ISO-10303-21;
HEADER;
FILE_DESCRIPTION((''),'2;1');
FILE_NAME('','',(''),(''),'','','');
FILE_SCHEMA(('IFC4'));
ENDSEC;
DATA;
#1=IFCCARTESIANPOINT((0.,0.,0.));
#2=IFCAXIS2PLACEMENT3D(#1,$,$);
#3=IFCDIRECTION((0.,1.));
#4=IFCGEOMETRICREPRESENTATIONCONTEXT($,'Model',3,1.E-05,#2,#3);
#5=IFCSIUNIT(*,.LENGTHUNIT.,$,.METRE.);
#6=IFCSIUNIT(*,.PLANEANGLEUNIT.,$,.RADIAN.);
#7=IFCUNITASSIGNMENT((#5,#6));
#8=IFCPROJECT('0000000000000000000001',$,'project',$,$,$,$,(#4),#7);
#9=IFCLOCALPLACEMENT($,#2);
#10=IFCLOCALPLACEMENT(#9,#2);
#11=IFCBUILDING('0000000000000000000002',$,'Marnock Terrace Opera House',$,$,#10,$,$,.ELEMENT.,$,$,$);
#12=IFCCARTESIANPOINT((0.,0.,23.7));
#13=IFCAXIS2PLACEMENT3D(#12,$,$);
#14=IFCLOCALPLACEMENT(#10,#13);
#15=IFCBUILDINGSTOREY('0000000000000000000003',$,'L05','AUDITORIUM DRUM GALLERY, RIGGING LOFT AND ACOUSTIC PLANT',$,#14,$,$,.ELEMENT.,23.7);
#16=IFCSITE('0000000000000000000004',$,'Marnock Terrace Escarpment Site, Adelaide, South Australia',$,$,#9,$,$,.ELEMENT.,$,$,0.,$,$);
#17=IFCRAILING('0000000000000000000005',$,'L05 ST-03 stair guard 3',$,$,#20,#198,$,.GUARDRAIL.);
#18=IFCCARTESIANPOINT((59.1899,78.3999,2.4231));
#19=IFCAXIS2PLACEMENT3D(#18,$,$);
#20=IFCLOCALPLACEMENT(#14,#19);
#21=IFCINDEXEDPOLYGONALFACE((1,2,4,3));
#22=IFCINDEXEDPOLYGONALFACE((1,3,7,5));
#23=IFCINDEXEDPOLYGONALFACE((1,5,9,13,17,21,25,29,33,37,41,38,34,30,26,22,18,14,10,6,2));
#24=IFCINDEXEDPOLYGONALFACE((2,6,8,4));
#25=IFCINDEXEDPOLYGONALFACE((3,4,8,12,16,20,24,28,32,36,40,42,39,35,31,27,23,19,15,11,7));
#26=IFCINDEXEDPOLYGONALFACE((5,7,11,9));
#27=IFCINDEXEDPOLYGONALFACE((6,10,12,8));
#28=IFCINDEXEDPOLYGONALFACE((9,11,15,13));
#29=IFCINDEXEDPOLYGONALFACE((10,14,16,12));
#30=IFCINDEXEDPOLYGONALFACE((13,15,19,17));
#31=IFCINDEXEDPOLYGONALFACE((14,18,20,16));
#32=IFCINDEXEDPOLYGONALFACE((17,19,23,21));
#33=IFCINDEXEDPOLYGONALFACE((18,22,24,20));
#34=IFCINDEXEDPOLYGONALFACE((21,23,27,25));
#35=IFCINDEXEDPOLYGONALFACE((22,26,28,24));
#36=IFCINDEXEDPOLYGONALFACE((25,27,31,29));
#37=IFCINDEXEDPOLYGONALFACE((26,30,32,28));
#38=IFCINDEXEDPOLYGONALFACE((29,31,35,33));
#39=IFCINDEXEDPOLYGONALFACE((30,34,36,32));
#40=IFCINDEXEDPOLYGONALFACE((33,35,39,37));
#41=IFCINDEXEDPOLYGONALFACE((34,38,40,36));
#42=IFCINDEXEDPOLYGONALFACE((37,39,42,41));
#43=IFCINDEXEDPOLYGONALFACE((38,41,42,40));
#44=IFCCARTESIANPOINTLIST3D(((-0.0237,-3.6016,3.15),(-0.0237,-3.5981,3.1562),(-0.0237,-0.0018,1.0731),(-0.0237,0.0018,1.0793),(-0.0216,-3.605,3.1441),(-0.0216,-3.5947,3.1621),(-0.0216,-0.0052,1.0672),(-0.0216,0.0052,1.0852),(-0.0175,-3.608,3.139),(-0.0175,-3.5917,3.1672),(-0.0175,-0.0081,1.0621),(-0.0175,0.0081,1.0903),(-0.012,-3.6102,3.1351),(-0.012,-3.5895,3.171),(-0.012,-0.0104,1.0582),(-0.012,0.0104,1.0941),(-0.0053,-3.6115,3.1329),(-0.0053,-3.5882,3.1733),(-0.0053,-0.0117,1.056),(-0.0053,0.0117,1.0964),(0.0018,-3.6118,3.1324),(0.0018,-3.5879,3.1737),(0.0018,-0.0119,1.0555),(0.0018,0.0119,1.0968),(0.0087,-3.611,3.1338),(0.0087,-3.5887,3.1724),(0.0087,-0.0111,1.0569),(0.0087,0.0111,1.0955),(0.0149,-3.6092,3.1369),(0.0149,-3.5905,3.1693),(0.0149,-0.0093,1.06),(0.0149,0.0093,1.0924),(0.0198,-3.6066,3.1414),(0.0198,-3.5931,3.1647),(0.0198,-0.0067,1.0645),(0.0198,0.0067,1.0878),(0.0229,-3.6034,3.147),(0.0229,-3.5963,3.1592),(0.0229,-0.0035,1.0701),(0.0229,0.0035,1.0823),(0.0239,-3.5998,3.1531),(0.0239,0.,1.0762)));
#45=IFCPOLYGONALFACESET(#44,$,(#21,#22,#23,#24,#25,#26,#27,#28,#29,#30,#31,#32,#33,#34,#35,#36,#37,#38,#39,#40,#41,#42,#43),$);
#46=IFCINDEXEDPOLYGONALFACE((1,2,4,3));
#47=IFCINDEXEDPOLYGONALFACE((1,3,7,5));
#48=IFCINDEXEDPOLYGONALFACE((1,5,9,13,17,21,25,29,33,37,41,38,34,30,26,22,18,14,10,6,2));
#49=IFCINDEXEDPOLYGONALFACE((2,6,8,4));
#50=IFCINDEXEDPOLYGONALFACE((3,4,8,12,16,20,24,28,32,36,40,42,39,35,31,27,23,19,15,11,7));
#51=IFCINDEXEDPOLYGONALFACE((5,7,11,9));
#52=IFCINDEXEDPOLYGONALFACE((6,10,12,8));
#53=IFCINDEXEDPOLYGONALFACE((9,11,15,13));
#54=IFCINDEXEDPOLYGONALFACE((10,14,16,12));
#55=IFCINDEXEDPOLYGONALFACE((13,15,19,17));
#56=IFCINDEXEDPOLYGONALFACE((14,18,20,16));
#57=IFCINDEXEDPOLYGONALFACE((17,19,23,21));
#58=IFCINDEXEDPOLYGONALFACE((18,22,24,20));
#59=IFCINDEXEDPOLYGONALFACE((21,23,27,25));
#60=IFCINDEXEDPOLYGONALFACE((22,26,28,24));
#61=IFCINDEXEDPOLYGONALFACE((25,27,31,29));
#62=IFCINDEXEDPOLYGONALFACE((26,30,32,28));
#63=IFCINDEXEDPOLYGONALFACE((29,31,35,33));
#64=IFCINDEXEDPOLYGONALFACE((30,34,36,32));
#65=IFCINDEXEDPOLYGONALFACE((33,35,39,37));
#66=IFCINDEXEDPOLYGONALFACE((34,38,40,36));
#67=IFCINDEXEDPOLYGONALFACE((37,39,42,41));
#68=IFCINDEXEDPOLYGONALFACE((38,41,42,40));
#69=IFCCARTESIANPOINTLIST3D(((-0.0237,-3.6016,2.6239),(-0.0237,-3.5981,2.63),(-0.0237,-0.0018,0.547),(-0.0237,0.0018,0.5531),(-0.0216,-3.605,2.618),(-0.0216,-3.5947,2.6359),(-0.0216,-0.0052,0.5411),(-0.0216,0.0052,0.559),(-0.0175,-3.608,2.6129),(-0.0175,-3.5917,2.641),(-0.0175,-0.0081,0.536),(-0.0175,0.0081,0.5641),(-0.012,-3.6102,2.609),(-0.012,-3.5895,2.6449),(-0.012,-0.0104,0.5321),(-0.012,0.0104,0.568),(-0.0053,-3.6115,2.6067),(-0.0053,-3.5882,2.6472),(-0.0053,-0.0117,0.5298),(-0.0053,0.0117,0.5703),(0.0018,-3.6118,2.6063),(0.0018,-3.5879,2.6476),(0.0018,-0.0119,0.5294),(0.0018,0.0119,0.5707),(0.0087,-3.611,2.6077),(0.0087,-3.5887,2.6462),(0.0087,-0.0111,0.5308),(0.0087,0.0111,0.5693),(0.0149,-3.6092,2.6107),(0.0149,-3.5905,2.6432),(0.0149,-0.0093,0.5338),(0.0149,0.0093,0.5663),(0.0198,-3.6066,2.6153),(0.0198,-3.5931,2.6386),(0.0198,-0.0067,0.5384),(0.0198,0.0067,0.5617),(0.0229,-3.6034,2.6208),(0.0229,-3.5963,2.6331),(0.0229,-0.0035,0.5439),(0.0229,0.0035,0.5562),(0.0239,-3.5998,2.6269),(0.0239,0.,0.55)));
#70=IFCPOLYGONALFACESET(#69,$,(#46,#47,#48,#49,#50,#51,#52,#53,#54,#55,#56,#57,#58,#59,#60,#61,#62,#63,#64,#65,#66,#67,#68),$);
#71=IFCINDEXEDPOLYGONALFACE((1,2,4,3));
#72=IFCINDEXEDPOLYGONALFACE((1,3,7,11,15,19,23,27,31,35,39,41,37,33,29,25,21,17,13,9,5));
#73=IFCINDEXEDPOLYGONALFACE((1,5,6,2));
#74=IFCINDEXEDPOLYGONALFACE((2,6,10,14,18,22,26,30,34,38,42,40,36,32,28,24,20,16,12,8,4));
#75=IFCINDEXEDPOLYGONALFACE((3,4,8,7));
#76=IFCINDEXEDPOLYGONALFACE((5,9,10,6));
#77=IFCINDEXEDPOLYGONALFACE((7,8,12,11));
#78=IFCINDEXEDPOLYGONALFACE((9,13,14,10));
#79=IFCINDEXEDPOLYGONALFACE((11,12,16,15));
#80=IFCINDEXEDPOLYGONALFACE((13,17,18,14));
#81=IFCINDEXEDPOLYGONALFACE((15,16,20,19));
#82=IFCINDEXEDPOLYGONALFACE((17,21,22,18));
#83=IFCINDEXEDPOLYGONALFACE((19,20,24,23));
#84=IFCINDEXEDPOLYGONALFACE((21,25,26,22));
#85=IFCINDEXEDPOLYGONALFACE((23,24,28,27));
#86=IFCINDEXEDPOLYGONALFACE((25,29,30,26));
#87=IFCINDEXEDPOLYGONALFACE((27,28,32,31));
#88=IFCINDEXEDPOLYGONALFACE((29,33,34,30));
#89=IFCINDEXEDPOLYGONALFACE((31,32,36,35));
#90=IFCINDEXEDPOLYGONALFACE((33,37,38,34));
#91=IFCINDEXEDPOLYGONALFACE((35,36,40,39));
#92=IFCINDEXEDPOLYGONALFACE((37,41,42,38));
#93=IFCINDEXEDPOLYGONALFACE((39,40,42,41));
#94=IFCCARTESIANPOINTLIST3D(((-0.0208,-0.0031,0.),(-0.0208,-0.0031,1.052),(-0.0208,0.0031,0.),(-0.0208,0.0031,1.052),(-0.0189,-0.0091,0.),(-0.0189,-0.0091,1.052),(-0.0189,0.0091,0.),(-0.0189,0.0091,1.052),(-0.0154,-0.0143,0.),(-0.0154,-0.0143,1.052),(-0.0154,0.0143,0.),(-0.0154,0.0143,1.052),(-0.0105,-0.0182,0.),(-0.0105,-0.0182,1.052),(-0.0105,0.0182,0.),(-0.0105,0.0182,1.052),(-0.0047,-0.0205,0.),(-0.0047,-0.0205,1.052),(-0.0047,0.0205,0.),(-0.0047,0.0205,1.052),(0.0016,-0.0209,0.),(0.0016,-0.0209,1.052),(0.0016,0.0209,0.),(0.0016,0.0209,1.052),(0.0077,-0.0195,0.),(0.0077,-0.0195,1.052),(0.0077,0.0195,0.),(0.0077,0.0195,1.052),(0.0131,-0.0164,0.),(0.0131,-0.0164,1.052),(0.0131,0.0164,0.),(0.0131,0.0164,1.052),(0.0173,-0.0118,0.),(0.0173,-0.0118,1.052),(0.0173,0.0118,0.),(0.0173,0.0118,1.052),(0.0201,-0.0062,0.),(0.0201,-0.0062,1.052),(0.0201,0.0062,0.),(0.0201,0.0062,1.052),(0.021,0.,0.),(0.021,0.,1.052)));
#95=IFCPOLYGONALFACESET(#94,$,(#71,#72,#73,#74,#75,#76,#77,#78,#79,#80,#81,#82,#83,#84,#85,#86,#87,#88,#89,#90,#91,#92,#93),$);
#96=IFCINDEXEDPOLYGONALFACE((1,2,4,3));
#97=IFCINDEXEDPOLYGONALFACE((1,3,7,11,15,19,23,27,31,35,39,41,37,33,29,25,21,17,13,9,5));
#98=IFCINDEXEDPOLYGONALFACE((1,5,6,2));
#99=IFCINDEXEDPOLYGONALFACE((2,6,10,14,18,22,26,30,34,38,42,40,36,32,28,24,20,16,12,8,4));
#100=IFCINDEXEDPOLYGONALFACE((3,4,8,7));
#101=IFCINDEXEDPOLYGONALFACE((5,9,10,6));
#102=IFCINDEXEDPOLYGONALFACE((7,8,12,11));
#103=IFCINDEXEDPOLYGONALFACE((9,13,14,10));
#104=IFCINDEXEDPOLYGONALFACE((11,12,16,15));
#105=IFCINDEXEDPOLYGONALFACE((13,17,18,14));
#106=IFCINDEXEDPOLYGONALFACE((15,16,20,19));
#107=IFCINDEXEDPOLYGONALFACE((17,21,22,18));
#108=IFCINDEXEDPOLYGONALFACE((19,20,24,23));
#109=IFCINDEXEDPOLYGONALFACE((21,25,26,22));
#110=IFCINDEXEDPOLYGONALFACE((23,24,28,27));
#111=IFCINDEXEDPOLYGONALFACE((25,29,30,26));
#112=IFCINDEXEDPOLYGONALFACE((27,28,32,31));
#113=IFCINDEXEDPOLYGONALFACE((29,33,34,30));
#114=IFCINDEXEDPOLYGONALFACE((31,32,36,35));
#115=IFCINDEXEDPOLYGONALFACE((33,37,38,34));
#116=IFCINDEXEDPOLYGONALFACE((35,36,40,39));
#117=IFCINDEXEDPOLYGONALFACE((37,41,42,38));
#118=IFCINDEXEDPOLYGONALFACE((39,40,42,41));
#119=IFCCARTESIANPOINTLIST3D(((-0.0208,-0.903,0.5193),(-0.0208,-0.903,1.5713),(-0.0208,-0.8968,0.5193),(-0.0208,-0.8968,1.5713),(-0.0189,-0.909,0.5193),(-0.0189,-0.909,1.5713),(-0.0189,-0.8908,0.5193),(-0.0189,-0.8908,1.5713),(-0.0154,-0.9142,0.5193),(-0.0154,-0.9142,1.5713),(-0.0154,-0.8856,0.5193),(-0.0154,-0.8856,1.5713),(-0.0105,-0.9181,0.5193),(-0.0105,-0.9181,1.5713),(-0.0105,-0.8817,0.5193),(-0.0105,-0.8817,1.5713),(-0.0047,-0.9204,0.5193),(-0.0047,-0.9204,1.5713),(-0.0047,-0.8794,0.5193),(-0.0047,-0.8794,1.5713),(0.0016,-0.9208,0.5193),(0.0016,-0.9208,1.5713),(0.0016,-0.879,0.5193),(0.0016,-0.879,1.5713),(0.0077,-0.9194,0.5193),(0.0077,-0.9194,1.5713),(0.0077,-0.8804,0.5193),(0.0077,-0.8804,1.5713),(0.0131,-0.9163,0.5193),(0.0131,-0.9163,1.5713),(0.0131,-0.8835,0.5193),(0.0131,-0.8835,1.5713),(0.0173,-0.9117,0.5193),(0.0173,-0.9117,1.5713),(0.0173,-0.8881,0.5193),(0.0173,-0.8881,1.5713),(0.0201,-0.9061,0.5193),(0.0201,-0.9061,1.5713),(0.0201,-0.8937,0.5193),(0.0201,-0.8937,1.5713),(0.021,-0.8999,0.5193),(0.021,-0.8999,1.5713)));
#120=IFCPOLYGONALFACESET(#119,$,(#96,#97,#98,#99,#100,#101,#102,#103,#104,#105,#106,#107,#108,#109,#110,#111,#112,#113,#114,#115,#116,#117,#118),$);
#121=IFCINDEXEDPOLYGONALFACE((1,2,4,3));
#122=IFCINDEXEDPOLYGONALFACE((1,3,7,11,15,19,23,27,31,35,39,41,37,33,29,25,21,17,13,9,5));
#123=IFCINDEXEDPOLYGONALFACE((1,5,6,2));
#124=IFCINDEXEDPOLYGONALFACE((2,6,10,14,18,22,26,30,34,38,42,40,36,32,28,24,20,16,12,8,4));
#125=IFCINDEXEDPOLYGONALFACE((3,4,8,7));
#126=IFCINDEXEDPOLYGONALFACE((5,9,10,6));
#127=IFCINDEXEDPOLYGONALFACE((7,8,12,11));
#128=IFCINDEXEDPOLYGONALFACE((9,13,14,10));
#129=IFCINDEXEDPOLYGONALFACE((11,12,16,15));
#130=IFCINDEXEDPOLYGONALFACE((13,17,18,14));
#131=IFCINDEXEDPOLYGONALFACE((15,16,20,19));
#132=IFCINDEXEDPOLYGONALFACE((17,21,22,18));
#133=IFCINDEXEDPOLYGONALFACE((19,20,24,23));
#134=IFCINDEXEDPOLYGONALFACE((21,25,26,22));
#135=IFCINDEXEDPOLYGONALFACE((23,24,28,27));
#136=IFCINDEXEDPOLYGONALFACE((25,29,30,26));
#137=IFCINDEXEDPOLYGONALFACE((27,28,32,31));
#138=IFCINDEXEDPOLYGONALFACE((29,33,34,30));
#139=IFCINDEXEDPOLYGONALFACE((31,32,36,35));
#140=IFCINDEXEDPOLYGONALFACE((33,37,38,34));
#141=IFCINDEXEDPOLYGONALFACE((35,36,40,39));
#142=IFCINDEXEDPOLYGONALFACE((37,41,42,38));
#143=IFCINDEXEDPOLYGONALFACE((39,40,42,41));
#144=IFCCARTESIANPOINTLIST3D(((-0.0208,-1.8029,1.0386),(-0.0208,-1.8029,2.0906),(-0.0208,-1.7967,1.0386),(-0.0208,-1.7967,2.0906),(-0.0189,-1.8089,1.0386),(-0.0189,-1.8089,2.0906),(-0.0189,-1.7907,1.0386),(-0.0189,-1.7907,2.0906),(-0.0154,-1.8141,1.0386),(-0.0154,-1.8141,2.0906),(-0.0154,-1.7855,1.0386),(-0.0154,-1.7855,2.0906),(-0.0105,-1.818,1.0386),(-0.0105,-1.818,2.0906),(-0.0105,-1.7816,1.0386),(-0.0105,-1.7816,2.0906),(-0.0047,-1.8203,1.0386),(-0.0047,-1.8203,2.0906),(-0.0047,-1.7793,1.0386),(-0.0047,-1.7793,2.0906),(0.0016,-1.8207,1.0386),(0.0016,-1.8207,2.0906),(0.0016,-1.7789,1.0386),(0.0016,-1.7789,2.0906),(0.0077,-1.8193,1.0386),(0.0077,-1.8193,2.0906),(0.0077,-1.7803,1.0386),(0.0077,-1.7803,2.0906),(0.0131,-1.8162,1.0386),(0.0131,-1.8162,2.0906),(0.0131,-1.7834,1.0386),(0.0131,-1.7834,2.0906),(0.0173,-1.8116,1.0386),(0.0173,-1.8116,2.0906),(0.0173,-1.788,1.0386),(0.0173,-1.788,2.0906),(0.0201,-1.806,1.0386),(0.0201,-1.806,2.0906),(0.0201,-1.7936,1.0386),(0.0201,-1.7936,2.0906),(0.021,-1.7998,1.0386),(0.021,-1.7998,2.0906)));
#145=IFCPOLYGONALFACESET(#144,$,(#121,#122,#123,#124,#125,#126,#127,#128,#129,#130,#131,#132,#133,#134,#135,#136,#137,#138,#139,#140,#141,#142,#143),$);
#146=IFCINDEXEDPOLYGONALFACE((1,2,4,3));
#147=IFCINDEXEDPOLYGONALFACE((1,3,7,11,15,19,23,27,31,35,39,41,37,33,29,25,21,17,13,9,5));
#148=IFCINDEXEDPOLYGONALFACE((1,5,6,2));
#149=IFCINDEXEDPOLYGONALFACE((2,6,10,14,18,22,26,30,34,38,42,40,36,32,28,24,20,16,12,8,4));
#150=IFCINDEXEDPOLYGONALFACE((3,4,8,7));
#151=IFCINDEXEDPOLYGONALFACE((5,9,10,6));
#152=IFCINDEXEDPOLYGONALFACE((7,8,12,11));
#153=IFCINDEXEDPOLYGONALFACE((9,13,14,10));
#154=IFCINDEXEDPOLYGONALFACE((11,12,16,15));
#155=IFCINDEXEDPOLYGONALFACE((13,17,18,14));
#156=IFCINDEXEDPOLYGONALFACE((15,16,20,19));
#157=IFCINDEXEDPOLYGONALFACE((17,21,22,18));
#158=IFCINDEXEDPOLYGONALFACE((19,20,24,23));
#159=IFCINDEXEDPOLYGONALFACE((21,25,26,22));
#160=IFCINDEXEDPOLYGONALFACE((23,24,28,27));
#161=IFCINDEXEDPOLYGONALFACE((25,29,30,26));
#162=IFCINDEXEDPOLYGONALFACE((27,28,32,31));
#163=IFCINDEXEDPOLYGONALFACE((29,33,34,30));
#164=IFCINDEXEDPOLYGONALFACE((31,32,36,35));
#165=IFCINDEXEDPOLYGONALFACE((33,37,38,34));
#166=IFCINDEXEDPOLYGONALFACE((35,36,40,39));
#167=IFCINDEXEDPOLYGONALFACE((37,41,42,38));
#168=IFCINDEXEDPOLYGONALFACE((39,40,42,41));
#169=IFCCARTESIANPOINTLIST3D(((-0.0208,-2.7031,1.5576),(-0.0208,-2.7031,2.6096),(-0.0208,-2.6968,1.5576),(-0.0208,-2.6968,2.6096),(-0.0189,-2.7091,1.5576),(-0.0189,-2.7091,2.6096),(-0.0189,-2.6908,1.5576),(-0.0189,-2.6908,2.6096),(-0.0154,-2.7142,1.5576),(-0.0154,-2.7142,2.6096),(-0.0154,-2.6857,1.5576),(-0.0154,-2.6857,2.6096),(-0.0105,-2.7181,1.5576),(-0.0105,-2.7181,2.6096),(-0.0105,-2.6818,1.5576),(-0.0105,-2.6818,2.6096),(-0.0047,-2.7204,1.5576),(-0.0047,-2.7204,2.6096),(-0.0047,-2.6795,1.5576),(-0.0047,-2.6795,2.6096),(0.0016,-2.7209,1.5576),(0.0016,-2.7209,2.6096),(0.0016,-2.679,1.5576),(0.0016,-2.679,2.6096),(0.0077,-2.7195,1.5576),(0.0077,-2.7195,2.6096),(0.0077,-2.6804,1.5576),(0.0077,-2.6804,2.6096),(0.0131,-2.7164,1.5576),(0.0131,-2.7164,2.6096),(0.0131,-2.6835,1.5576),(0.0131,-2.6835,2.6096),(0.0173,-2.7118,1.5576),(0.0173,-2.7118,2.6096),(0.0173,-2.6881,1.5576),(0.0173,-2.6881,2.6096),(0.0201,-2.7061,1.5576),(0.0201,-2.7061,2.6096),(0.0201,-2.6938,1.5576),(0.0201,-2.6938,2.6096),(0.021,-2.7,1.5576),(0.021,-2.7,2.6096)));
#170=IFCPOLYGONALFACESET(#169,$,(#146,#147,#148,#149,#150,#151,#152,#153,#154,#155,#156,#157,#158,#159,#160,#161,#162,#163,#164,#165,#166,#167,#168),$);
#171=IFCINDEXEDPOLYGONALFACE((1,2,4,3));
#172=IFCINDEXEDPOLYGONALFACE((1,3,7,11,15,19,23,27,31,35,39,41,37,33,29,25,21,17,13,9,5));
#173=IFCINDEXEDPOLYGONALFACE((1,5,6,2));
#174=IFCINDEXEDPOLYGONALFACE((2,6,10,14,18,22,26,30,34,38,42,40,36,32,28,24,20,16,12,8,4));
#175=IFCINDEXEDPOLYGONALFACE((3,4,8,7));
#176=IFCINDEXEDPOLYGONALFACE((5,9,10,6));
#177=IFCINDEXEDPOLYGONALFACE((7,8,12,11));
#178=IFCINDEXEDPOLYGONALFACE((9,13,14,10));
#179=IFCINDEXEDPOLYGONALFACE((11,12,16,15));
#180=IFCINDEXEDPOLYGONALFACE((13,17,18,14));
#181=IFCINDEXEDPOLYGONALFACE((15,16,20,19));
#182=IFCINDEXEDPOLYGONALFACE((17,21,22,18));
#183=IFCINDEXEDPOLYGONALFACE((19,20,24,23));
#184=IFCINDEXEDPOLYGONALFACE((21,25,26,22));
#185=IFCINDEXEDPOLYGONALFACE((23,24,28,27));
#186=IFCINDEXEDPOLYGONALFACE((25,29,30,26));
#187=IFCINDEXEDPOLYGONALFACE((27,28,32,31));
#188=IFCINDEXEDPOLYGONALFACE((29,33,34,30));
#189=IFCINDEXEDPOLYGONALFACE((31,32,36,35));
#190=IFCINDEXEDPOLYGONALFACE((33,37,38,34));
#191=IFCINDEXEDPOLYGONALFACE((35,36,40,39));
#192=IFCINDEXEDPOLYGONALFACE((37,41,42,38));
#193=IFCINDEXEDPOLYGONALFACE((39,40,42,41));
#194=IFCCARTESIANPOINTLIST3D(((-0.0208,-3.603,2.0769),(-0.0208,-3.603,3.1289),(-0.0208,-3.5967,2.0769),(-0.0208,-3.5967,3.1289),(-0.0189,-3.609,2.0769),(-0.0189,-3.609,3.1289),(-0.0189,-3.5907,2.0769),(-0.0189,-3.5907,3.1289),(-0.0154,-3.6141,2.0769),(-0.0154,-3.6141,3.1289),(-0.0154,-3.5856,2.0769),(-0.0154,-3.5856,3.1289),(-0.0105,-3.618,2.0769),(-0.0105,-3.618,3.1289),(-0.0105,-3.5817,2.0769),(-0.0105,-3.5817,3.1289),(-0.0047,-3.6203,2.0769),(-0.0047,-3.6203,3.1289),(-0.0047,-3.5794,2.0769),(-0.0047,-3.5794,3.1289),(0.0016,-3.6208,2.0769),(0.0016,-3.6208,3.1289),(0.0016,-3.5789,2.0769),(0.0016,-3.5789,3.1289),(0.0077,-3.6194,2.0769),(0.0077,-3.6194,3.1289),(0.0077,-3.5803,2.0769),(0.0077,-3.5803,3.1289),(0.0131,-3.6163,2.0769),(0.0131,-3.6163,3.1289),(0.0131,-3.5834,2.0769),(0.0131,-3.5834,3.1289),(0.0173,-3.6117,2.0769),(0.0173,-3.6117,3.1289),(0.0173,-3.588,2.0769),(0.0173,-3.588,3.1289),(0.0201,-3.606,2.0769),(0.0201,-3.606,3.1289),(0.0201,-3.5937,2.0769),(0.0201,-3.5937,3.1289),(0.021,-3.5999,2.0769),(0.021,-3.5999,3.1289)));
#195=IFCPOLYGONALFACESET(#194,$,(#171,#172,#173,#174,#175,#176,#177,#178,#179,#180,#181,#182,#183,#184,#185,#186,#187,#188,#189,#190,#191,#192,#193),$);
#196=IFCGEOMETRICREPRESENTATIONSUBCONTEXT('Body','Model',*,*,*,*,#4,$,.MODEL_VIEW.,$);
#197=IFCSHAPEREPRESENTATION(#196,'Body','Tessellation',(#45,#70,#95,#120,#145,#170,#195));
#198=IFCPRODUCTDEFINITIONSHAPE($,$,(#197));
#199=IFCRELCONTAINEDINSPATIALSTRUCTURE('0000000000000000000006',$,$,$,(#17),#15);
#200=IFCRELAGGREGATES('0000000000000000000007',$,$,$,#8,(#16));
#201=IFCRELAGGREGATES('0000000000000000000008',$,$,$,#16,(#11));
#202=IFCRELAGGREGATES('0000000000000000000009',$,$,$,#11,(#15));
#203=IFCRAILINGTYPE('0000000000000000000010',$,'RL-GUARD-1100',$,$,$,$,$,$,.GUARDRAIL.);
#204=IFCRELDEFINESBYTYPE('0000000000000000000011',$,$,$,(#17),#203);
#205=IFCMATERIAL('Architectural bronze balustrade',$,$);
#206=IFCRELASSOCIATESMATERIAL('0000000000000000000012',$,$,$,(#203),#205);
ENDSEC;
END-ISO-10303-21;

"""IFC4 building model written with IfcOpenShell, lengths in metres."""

from ifc_helpers import new_model, si_unit, direction, frame, origin, origin_2d, place, context, subcontext, project, spatial, circle, extrude, material, type_object, element, save


model = new_model("IFC4")

# Units and contexts
model_context = context("Model", 3, precision=1e-05, world=origin(), true_north=direction((0.0, 1.0)))
body_context = subcontext(model_context, "Body", "Model", "MODEL_VIEW")
ifc_project = project(units=[si_unit("LENGTHUNIT", "METRE"), si_unit("PLANEANGLEUNIT", "RADIAN")], contexts=[model_context])

# Site, building, storey
site_placement = place(None, origin())
site = spatial("IfcSite", under=ifc_project, at=site_placement, Name="Marnock Terrace Escarpment Site, Adelaide, South Australia", CompositionType="ELEMENT", RefElevation=0.0)
building_placement = place(site_placement, origin())
building = spatial("IfcBuilding", under=site, at=building_placement, Name="Marnock Terrace Opera House", CompositionType="ELEMENT")
storey_placement = place(building_placement, frame((0.0, 0.0, 23.7)))
storey = spatial("IfcBuildingStorey", under=building, at=storey_placement, Name="L05", Description="AUDITORIUM DRUM GALLERY, RIGGING LOFT AND ACOUSTIC PLANT", CompositionType="ELEMENT", Elevation=23.7)

# Railing
ifc_material_1 = material(Name="Architectural bronze balustrade")
railing_type_1 = type_object("IfcRailingType", Name="RL-GUARD-1100", PredefinedType="GUARDRAIL", material=ifc_material_1)
railing_1_placement = place(storey_placement, frame((59.1899, 78.3999, 2.4231)))
element("IfcRailing", 1, at=railing_1_placement, inside=storey, type_object=railing_type_1, Name="L05 ST-03 stair guard 3", PredefinedType="GUARDRAIL", context=body_context, shape_type="SweptSolid", body=[
    extrude(circle(Radius=0.0239, at=origin_2d()), frame((0.0, 0.0, 1.0762), z_axis=(0.0, -0.866179, 0.499734), x_axis=(1.0, 0.0, 0.0)), (0.0, 0.0, 1.0), 4.156),
    extrude(circle(Radius=0.0239, at=origin_2d()), frame((0.0, 0.0, 0.55), z_axis=(0.0, -0.866179, 0.499734), x_axis=(1.0, 0.0, 0.0)), (0.0, 0.0, 1.0), 4.156),
    extrude(circle(Radius=0.021, at=origin_2d()), origin(), (0.0, 0.0, 1.0), 1.052),
    extrude(circle(Radius=0.021, at=origin_2d()), frame((0.0, -0.8999, 0.5193)), (0.0, 0.0, 1.0), 1.052),
    extrude(circle(Radius=0.021, at=origin_2d()), frame((0.0, -1.7998, 1.0386)), (0.0, 0.0, 1.0), 1.052),
    extrude(circle(Radius=0.021, at=origin_2d()), frame((0.0, -2.7, 1.5576)), (0.0, 0.0, 1.0), 1.052),
    extrude(circle(Radius=0.021, at=origin_2d()), frame((0.0, -3.5999, 2.0769)), (0.0, 0.0, 1.0), 1.052),
])

save(model, "model.ifc")
